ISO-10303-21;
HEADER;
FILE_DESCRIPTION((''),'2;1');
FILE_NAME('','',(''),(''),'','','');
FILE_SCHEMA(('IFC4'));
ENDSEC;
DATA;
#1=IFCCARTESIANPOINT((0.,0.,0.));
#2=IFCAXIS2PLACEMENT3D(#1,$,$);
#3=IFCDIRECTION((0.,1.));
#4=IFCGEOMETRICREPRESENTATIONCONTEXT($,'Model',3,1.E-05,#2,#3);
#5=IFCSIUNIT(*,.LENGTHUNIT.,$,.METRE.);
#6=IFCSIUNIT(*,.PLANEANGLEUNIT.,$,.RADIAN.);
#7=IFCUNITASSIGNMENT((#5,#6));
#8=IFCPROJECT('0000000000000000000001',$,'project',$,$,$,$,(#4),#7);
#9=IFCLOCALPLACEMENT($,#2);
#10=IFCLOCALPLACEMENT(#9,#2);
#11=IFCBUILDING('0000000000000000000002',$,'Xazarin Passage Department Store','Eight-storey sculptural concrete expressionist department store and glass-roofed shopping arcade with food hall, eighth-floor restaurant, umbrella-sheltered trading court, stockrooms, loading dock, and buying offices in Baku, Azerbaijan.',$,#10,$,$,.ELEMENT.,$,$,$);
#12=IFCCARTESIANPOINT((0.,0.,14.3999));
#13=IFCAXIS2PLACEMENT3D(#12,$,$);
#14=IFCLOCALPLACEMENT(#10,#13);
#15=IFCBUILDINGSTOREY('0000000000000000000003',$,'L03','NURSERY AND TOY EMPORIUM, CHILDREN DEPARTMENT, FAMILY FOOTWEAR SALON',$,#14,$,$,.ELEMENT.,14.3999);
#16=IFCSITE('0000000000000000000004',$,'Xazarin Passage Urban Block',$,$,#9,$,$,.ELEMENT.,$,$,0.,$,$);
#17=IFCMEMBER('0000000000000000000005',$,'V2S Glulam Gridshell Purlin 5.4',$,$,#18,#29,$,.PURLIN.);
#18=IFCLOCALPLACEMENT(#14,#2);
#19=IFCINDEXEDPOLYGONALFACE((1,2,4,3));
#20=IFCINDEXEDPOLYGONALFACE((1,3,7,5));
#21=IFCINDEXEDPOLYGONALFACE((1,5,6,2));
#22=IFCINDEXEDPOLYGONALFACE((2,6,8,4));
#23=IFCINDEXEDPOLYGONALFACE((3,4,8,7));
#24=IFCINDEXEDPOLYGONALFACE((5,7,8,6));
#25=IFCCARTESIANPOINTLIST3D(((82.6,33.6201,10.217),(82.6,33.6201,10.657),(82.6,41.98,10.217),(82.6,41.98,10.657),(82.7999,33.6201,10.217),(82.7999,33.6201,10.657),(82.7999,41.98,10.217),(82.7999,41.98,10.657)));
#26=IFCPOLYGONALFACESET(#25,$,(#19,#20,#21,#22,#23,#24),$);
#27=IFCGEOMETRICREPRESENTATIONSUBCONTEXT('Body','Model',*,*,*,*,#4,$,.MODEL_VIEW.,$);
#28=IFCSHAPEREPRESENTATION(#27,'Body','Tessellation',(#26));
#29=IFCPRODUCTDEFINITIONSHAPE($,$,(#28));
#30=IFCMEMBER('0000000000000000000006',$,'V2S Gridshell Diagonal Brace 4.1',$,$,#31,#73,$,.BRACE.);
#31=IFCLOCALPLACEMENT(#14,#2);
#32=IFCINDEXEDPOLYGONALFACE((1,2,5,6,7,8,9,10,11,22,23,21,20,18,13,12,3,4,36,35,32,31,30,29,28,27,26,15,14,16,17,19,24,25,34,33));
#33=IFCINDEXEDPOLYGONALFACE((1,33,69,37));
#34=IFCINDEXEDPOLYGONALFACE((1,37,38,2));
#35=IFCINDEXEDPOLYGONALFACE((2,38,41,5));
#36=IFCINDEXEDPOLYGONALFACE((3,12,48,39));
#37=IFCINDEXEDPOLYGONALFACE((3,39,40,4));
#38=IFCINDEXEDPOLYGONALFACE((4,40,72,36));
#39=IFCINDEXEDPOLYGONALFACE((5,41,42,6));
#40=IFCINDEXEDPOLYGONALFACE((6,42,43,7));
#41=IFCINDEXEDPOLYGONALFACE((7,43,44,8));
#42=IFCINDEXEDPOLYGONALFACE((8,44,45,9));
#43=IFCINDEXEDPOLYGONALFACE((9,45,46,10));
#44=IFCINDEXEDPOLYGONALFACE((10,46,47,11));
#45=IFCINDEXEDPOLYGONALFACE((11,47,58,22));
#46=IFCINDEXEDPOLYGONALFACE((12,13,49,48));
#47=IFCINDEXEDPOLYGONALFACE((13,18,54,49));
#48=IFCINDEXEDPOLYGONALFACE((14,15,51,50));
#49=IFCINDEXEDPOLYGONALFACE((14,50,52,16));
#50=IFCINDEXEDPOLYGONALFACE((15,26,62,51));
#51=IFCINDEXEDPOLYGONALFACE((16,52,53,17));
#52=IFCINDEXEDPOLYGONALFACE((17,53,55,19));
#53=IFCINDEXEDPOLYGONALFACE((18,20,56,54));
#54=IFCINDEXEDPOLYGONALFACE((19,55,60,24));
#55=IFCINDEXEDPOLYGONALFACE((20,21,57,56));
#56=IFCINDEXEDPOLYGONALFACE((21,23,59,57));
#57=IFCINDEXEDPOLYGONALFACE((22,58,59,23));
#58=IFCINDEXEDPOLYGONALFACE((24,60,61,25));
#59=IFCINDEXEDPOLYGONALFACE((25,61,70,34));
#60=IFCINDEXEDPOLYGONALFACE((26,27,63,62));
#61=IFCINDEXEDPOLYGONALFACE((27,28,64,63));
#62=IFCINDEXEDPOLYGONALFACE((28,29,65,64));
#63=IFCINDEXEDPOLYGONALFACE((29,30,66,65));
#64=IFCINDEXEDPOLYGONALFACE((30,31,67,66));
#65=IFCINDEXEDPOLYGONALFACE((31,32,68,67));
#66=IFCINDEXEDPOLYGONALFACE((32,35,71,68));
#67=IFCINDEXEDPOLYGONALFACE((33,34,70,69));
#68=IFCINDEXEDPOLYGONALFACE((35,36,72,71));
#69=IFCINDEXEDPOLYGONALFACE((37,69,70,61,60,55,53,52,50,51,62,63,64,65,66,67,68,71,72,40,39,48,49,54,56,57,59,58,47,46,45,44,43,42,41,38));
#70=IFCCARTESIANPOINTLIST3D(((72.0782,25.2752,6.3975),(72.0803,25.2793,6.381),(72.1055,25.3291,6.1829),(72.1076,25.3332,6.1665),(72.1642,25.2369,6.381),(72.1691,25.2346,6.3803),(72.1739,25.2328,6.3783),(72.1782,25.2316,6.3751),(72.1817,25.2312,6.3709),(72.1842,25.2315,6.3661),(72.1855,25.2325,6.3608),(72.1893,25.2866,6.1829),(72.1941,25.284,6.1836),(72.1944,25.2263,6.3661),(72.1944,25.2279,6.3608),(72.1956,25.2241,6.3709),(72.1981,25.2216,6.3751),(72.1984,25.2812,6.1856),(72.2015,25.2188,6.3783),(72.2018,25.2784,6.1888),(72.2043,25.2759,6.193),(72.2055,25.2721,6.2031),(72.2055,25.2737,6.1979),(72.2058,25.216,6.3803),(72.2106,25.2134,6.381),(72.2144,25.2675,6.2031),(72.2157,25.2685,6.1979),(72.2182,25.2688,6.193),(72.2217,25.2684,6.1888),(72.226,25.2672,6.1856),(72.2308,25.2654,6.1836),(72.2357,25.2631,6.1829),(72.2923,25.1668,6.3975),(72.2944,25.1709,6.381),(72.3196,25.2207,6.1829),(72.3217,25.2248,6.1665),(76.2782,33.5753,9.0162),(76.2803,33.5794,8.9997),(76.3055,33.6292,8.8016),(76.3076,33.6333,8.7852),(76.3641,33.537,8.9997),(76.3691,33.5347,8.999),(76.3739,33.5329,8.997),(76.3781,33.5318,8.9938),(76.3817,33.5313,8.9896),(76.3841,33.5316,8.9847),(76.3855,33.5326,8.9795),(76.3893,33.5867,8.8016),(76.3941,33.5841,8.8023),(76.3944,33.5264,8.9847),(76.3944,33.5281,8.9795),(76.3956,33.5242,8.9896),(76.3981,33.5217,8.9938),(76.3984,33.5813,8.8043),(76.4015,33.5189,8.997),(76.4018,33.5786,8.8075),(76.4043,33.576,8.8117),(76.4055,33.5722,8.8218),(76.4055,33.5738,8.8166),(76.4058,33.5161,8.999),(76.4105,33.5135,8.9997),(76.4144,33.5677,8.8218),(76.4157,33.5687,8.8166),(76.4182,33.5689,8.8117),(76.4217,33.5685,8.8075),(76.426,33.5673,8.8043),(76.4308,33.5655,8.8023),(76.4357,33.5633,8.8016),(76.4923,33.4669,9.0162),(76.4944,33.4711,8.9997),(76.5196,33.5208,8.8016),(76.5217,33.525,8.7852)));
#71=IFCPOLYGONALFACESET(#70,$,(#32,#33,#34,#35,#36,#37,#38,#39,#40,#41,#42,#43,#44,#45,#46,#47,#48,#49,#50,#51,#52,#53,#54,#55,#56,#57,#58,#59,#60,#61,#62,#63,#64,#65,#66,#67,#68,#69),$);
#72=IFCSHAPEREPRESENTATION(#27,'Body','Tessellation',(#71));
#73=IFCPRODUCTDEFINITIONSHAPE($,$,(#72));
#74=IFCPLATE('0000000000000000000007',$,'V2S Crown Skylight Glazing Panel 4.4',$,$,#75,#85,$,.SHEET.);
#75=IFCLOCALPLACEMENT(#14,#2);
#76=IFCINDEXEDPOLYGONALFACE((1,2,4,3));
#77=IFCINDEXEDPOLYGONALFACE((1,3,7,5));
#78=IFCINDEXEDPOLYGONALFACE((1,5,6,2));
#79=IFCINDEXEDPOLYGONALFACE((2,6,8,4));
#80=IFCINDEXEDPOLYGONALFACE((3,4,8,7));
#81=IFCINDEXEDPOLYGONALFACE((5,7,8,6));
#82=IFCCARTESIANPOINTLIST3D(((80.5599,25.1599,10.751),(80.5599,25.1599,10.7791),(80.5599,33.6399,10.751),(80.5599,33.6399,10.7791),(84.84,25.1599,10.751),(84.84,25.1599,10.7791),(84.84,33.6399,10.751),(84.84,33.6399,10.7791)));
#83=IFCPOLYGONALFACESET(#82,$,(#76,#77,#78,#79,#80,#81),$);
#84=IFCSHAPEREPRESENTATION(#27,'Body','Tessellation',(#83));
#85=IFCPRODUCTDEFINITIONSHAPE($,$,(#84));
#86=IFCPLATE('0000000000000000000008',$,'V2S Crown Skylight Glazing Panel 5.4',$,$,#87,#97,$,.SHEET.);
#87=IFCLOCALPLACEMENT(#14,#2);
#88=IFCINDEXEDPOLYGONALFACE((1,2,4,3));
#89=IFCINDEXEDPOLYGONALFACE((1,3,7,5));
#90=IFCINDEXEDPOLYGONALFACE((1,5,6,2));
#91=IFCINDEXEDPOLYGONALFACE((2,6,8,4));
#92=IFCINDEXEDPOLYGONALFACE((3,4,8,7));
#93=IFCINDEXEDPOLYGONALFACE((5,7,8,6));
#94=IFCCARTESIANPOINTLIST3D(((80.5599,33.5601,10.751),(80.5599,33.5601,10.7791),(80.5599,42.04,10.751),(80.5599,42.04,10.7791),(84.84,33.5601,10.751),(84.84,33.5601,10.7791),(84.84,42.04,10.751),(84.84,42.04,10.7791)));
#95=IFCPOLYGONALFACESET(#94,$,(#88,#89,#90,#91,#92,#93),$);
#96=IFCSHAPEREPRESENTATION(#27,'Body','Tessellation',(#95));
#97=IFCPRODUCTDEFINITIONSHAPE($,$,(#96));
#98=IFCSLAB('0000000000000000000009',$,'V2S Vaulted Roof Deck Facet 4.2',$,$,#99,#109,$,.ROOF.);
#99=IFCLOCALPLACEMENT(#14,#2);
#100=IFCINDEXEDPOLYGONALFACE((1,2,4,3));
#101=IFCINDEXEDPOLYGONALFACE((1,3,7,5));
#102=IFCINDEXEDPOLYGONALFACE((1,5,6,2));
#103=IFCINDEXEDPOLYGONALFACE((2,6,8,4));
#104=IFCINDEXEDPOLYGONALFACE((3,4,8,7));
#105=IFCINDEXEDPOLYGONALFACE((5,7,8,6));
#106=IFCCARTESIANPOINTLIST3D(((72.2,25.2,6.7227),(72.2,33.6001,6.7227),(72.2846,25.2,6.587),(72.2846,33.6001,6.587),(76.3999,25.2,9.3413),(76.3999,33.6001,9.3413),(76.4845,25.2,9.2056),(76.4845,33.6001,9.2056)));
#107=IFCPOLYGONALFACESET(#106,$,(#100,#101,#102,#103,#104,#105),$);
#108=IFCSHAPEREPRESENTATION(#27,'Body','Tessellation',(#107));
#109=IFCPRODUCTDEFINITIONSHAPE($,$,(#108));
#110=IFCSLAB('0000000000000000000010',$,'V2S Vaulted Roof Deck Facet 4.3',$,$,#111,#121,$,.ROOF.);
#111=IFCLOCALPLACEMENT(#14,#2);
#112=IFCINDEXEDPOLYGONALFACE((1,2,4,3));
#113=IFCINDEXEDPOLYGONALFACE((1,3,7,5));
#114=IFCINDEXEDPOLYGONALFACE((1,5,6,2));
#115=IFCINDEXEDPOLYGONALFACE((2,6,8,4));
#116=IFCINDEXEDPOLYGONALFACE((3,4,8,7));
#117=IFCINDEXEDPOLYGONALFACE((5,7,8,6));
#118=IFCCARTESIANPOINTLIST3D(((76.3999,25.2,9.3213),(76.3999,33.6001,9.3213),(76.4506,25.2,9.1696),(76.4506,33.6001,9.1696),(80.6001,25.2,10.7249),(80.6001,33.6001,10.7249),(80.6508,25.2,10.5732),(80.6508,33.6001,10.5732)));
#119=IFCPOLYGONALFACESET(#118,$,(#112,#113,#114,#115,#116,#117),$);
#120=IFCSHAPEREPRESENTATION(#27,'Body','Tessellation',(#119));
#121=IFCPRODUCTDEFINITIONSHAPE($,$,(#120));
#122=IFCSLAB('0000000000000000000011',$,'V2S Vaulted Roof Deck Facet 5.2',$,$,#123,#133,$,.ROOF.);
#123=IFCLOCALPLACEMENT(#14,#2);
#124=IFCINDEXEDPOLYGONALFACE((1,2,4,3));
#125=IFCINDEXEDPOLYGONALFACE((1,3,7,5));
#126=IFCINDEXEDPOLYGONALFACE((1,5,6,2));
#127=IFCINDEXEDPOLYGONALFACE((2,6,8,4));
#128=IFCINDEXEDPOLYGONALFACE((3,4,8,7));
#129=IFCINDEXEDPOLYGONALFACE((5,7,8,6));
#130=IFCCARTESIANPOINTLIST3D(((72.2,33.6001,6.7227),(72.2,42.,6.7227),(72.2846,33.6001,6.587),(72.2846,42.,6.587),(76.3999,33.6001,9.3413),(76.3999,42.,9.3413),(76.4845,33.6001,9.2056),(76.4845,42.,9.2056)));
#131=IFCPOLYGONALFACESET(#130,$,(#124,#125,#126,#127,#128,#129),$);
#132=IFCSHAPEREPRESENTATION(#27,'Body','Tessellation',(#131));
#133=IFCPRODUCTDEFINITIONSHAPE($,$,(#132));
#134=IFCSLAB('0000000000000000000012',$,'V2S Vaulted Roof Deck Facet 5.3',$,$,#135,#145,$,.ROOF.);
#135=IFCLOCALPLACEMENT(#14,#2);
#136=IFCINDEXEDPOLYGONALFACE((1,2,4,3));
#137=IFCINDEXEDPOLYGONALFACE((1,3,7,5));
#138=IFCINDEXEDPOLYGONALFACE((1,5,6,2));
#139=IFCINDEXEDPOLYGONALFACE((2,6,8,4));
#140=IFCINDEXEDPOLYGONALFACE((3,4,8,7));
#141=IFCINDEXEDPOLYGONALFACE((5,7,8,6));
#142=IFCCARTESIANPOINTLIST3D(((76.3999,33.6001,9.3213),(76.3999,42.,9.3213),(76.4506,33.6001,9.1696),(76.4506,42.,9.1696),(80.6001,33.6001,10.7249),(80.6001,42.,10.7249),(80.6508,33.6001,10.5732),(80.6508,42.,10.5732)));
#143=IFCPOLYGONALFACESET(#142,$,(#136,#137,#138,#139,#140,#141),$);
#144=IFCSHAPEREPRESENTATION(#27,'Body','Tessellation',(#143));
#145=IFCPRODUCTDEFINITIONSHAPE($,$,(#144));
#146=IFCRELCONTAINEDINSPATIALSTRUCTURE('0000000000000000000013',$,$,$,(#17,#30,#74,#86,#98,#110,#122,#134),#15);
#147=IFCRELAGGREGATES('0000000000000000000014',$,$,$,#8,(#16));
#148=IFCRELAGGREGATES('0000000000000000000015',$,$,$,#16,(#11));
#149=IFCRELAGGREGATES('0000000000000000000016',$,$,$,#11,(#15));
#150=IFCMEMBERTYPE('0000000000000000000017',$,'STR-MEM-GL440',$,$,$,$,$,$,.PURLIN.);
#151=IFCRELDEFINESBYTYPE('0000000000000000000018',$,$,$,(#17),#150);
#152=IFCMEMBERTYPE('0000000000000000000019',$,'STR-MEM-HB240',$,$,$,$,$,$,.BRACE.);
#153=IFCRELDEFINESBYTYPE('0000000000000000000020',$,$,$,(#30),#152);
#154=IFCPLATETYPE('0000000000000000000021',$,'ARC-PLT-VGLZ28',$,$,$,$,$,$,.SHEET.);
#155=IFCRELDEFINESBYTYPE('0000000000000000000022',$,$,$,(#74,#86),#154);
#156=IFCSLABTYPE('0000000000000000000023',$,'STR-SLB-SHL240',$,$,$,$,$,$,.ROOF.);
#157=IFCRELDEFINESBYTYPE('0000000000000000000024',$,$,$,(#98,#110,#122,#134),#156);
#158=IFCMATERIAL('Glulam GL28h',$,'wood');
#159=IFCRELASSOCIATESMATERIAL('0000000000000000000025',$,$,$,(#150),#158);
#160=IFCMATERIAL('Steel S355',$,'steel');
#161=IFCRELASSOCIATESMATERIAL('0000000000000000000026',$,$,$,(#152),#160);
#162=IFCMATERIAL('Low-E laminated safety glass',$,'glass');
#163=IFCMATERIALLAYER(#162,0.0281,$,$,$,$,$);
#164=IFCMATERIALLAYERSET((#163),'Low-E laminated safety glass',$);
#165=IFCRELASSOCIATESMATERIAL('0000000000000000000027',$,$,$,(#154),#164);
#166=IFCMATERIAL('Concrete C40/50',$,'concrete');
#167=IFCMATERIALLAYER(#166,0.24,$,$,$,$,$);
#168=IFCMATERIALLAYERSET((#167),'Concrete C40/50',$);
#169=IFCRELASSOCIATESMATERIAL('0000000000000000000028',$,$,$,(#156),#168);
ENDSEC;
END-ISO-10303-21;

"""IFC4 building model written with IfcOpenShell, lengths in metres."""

from ifc_helpers import new_model, si_unit, direction, frame, origin, origin_2d, place, context, subcontext, project, spatial, polyline, rectangle, i_section, outline, extrude, material, layer, layer_set, material_profile, profile_set, type_object, element, save


model = new_model("IFC4")

# Units and contexts
model_context = context("Model", 3, precision=1e-05, world=origin(), true_north=direction((0.0, 1.0)))
body_context = subcontext(model_context, "Body", "Model", "MODEL_VIEW")
ifc_project = project(units=[si_unit("LENGTHUNIT", "METRE"), si_unit("PLANEANGLEUNIT", "RADIAN")], contexts=[model_context])

# Site, building, storey
site_placement = place(None, origin())
site = spatial("IfcSite", under=ifc_project, at=site_placement, Name="Xazarin Passage Urban Block", CompositionType="ELEMENT", RefElevation=0.0)
building_placement = place(site_placement, origin())
building = spatial("IfcBuilding", under=site, at=building_placement, Name="Xazarin Passage Department Store", Description="Eight-storey sculptural concrete expressionist department store and glass-roofed shopping arcade with food hall, eighth-floor restaurant, umbrella-sheltered trading court, stockrooms, loading dock, and buying offices in Baku, Azerbaijan.", CompositionType="ELEMENT")
storey_placement = place(building_placement, frame((0.0, 0.0, 14.3999)))
storey = spatial("IfcBuildingStorey", under=building, at=storey_placement, Name="L03", Description="NURSERY AND TOY EMPORIUM, CHILDREN DEPARTMENT, FAMILY FOOTWEAR SALON", CompositionType="ELEMENT", Elevation=14.3999)

# Shared definitions
ifc_material_1 = material(Name="Steel S355", Category="steel")

# Members
ifc_material_2 = material(Name="Glulam GL28h", Category="wood")
ifc_material_profile_1 = material_profile(ifc_material_2, rectangle(XDim=0.2, YDim=0.4399, at=origin_2d()), Name="GL28h 200x440")
ifc_profile_set_1 = profile_set([ifc_material_profile_1], Name="Glulam GL28h")
member_type_1 = type_object("IfcMemberType", Name="STR-MEM-GL440", PredefinedType="PURLIN", material=ifc_profile_set_1)
for number, where, z_axis, x_axis, name in (
    (1, (82.7, 33.6201, 10.437), (0.0, 1.0, 0.0), (-1.0, 0.0, 0.0), "V2S Glulam Gridshell Purlin 5.4"),
):
    element("IfcMember", number, at=place(storey_placement, frame(where, z_axis=z_axis, x_axis=x_axis)), inside=storey, type_object=member_type_1, Name=name, PredefinedType="PURLIN", context=body_context, shape_type="SweptSolid", body=[
        extrude(rectangle(XDim=0.2, YDim=0.4399, at=origin_2d()), origin(), (0.0, 0.0, 1.0), 8.3599),
    ])
ifc_material_profile_2 = material_profile(ifc_material_1, i_section(OverallWidth=0.24, OverallDepth=0.24, WebThickness=0.01, FlangeThickness=0.0171, FilletRadius=0.021, at=origin_2d()), Name="HEB 240")
ifc_profile_set_2 = profile_set([ifc_material_profile_2], Name="Steel S355")
member_type_2 = type_object("IfcMemberType", Name="STR-MEM-HB240", PredefinedType="BRACE", material=ifc_profile_set_2)
member_placement = place(storey_placement, frame((72.2, 25.25, 6.282), z_axis=(0.43461, 0.858886, 0.270977), x_axis=(-0.89227, 0.451502, 0.0)))
element("IfcMember", 2, at=member_placement, inside=storey, type_object=member_type_2, Name="V2S Gridshell Diagonal Brace 4.1", PredefinedType="BRACE", context=body_context, shape_type="SweptSolid", body=[
    extrude(i_section(OverallWidth=0.24, OverallDepth=0.24, WebThickness=0.01, FlangeThickness=0.0171, FilletRadius=0.021, at=origin_2d()), origin(), (0.0, 0.0, 1.0), 9.6638),
])

# Plates
ifc_material_3 = material(Name="Low-E laminated safety glass", Category="glass")
ifc_layer_1 = layer(ifc_material_3, 0.0281)
ifc_layer_set_1 = layer_set([ifc_layer_1], Name="Low-E laminated safety glass")
plate_type = type_object("IfcPlateType", Name="ARC-PLT-VGLZ28", PredefinedType="SHEET", material=ifc_layer_set_1)
for number, where, z_axis, x_axis, name in (
    (3, (82.7, 29.3999, 10.751), (0.0, 0.0, 1.0), (1.0, 0.0, 0.0), "V2S Crown Skylight Glazing Panel 4.4"),
    (4, (82.7, 37.8, 10.751), (0.0, 0.0, 1.0), (1.0, 0.0, 0.0), "V2S Crown Skylight Glazing Panel 5.4"),
):
    element("IfcPlate", number, at=place(storey_placement, frame(where, z_axis=z_axis, x_axis=x_axis)), inside=storey, type_object=plate_type, Name=name, PredefinedType="SHEET", context=body_context, shape_type="SweptSolid", body=[
        extrude(rectangle(XDim=4.28, YDim=8.48, at=origin_2d()), origin(), (0.0, 0.0, 1.0), 0.0281),
    ])

# Slabs
ifc_material_4 = material(Name="Concrete C40/50", Category="concrete")
ifc_layer_2 = layer(ifc_material_4, 0.24)
ifc_layer_set_2 = layer_set([ifc_layer_2], Name="Concrete C40/50")
slab_type = type_object("IfcSlabType", Name="STR-SLB-SHL240", PredefinedType="ROOF", material=ifc_layer_set_2)
slab_1_placement = place(storey_placement, frame((72.2, 25.2, 6.7227), z_axis=(-0.529081, 0.0, 0.848571), x_axis=(0.848571, 0.0, 0.529081)))
element("IfcSlab", 5, at=slab_1_placement, inside=storey, type_object=slab_type, Name="V2S Vaulted Roof Deck Facet 4.2", PredefinedType="ROOF", context=body_context, shape_type="SweptSolid", body=[
    extrude(outline(polyline([(0.0, 0.0), (4.9494, 0.0), (4.9494, 8.4001), (0.0, 8.4001), (0.0, 0.0)])), origin(), (0.0, 0.0, -1.0), 0.1599),
])
slab_2_placement = place(storey_placement, frame((76.3999, 25.2, 9.3213), z_axis=(-0.316939, 0.0, 0.948446), x_axis=(0.948446, 0.0, 0.316939)))
element("IfcSlab", 6, at=slab_2_placement, inside=storey, type_object=slab_type, Name="V2S Vaulted Roof Deck Facet 4.3", PredefinedType="ROOF", context=body_context, shape_type="SweptSolid", body=[
    extrude(outline(polyline([(0.0, 0.0), (4.4285, 0.0), (4.4285, 8.4001), (0.0, 8.4001), (0.0, 0.0)])), origin(), (0.0, 0.0, -1.0), 0.1599),
])
slab_3_placement = place(storey_placement, frame((72.2, 33.6001, 6.7227), z_axis=(-0.529081, 0.0, 0.848571), x_axis=(0.848571, 0.0, 0.529081)))
element("IfcSlab", 7, at=slab_3_placement, inside=storey, type_object=slab_type, Name="V2S Vaulted Roof Deck Facet 5.2", PredefinedType="ROOF", context=body_context, shape_type="SweptSolid", body=[
    extrude(outline(polyline([(0.0, 0.0), (4.9494, 0.0), (4.9494, 8.3999), (0.0, 8.3999), (0.0, 0.0)])), origin(), (0.0, 0.0, -1.0), 0.1599),
])
slab_4_placement = place(storey_placement, frame((76.3999, 33.6001, 9.3213), z_axis=(-0.316939, 0.0, 0.948446), x_axis=(0.948446, 0.0, 0.316939)))
element("IfcSlab", 8, at=slab_4_placement, inside=storey, type_object=slab_type, Name="V2S Vaulted Roof Deck Facet 5.3", PredefinedType="ROOF", context=body_context, shape_type="SweptSolid", body=[
    extrude(outline(polyline([(0.0, 0.0), (4.4285, 0.0), (4.4285, 8.3999), (0.0, 8.3999), (0.0, 0.0)])), origin(), (0.0, 0.0, -1.0), 0.1599),
])

save(model, "model.ifc")
